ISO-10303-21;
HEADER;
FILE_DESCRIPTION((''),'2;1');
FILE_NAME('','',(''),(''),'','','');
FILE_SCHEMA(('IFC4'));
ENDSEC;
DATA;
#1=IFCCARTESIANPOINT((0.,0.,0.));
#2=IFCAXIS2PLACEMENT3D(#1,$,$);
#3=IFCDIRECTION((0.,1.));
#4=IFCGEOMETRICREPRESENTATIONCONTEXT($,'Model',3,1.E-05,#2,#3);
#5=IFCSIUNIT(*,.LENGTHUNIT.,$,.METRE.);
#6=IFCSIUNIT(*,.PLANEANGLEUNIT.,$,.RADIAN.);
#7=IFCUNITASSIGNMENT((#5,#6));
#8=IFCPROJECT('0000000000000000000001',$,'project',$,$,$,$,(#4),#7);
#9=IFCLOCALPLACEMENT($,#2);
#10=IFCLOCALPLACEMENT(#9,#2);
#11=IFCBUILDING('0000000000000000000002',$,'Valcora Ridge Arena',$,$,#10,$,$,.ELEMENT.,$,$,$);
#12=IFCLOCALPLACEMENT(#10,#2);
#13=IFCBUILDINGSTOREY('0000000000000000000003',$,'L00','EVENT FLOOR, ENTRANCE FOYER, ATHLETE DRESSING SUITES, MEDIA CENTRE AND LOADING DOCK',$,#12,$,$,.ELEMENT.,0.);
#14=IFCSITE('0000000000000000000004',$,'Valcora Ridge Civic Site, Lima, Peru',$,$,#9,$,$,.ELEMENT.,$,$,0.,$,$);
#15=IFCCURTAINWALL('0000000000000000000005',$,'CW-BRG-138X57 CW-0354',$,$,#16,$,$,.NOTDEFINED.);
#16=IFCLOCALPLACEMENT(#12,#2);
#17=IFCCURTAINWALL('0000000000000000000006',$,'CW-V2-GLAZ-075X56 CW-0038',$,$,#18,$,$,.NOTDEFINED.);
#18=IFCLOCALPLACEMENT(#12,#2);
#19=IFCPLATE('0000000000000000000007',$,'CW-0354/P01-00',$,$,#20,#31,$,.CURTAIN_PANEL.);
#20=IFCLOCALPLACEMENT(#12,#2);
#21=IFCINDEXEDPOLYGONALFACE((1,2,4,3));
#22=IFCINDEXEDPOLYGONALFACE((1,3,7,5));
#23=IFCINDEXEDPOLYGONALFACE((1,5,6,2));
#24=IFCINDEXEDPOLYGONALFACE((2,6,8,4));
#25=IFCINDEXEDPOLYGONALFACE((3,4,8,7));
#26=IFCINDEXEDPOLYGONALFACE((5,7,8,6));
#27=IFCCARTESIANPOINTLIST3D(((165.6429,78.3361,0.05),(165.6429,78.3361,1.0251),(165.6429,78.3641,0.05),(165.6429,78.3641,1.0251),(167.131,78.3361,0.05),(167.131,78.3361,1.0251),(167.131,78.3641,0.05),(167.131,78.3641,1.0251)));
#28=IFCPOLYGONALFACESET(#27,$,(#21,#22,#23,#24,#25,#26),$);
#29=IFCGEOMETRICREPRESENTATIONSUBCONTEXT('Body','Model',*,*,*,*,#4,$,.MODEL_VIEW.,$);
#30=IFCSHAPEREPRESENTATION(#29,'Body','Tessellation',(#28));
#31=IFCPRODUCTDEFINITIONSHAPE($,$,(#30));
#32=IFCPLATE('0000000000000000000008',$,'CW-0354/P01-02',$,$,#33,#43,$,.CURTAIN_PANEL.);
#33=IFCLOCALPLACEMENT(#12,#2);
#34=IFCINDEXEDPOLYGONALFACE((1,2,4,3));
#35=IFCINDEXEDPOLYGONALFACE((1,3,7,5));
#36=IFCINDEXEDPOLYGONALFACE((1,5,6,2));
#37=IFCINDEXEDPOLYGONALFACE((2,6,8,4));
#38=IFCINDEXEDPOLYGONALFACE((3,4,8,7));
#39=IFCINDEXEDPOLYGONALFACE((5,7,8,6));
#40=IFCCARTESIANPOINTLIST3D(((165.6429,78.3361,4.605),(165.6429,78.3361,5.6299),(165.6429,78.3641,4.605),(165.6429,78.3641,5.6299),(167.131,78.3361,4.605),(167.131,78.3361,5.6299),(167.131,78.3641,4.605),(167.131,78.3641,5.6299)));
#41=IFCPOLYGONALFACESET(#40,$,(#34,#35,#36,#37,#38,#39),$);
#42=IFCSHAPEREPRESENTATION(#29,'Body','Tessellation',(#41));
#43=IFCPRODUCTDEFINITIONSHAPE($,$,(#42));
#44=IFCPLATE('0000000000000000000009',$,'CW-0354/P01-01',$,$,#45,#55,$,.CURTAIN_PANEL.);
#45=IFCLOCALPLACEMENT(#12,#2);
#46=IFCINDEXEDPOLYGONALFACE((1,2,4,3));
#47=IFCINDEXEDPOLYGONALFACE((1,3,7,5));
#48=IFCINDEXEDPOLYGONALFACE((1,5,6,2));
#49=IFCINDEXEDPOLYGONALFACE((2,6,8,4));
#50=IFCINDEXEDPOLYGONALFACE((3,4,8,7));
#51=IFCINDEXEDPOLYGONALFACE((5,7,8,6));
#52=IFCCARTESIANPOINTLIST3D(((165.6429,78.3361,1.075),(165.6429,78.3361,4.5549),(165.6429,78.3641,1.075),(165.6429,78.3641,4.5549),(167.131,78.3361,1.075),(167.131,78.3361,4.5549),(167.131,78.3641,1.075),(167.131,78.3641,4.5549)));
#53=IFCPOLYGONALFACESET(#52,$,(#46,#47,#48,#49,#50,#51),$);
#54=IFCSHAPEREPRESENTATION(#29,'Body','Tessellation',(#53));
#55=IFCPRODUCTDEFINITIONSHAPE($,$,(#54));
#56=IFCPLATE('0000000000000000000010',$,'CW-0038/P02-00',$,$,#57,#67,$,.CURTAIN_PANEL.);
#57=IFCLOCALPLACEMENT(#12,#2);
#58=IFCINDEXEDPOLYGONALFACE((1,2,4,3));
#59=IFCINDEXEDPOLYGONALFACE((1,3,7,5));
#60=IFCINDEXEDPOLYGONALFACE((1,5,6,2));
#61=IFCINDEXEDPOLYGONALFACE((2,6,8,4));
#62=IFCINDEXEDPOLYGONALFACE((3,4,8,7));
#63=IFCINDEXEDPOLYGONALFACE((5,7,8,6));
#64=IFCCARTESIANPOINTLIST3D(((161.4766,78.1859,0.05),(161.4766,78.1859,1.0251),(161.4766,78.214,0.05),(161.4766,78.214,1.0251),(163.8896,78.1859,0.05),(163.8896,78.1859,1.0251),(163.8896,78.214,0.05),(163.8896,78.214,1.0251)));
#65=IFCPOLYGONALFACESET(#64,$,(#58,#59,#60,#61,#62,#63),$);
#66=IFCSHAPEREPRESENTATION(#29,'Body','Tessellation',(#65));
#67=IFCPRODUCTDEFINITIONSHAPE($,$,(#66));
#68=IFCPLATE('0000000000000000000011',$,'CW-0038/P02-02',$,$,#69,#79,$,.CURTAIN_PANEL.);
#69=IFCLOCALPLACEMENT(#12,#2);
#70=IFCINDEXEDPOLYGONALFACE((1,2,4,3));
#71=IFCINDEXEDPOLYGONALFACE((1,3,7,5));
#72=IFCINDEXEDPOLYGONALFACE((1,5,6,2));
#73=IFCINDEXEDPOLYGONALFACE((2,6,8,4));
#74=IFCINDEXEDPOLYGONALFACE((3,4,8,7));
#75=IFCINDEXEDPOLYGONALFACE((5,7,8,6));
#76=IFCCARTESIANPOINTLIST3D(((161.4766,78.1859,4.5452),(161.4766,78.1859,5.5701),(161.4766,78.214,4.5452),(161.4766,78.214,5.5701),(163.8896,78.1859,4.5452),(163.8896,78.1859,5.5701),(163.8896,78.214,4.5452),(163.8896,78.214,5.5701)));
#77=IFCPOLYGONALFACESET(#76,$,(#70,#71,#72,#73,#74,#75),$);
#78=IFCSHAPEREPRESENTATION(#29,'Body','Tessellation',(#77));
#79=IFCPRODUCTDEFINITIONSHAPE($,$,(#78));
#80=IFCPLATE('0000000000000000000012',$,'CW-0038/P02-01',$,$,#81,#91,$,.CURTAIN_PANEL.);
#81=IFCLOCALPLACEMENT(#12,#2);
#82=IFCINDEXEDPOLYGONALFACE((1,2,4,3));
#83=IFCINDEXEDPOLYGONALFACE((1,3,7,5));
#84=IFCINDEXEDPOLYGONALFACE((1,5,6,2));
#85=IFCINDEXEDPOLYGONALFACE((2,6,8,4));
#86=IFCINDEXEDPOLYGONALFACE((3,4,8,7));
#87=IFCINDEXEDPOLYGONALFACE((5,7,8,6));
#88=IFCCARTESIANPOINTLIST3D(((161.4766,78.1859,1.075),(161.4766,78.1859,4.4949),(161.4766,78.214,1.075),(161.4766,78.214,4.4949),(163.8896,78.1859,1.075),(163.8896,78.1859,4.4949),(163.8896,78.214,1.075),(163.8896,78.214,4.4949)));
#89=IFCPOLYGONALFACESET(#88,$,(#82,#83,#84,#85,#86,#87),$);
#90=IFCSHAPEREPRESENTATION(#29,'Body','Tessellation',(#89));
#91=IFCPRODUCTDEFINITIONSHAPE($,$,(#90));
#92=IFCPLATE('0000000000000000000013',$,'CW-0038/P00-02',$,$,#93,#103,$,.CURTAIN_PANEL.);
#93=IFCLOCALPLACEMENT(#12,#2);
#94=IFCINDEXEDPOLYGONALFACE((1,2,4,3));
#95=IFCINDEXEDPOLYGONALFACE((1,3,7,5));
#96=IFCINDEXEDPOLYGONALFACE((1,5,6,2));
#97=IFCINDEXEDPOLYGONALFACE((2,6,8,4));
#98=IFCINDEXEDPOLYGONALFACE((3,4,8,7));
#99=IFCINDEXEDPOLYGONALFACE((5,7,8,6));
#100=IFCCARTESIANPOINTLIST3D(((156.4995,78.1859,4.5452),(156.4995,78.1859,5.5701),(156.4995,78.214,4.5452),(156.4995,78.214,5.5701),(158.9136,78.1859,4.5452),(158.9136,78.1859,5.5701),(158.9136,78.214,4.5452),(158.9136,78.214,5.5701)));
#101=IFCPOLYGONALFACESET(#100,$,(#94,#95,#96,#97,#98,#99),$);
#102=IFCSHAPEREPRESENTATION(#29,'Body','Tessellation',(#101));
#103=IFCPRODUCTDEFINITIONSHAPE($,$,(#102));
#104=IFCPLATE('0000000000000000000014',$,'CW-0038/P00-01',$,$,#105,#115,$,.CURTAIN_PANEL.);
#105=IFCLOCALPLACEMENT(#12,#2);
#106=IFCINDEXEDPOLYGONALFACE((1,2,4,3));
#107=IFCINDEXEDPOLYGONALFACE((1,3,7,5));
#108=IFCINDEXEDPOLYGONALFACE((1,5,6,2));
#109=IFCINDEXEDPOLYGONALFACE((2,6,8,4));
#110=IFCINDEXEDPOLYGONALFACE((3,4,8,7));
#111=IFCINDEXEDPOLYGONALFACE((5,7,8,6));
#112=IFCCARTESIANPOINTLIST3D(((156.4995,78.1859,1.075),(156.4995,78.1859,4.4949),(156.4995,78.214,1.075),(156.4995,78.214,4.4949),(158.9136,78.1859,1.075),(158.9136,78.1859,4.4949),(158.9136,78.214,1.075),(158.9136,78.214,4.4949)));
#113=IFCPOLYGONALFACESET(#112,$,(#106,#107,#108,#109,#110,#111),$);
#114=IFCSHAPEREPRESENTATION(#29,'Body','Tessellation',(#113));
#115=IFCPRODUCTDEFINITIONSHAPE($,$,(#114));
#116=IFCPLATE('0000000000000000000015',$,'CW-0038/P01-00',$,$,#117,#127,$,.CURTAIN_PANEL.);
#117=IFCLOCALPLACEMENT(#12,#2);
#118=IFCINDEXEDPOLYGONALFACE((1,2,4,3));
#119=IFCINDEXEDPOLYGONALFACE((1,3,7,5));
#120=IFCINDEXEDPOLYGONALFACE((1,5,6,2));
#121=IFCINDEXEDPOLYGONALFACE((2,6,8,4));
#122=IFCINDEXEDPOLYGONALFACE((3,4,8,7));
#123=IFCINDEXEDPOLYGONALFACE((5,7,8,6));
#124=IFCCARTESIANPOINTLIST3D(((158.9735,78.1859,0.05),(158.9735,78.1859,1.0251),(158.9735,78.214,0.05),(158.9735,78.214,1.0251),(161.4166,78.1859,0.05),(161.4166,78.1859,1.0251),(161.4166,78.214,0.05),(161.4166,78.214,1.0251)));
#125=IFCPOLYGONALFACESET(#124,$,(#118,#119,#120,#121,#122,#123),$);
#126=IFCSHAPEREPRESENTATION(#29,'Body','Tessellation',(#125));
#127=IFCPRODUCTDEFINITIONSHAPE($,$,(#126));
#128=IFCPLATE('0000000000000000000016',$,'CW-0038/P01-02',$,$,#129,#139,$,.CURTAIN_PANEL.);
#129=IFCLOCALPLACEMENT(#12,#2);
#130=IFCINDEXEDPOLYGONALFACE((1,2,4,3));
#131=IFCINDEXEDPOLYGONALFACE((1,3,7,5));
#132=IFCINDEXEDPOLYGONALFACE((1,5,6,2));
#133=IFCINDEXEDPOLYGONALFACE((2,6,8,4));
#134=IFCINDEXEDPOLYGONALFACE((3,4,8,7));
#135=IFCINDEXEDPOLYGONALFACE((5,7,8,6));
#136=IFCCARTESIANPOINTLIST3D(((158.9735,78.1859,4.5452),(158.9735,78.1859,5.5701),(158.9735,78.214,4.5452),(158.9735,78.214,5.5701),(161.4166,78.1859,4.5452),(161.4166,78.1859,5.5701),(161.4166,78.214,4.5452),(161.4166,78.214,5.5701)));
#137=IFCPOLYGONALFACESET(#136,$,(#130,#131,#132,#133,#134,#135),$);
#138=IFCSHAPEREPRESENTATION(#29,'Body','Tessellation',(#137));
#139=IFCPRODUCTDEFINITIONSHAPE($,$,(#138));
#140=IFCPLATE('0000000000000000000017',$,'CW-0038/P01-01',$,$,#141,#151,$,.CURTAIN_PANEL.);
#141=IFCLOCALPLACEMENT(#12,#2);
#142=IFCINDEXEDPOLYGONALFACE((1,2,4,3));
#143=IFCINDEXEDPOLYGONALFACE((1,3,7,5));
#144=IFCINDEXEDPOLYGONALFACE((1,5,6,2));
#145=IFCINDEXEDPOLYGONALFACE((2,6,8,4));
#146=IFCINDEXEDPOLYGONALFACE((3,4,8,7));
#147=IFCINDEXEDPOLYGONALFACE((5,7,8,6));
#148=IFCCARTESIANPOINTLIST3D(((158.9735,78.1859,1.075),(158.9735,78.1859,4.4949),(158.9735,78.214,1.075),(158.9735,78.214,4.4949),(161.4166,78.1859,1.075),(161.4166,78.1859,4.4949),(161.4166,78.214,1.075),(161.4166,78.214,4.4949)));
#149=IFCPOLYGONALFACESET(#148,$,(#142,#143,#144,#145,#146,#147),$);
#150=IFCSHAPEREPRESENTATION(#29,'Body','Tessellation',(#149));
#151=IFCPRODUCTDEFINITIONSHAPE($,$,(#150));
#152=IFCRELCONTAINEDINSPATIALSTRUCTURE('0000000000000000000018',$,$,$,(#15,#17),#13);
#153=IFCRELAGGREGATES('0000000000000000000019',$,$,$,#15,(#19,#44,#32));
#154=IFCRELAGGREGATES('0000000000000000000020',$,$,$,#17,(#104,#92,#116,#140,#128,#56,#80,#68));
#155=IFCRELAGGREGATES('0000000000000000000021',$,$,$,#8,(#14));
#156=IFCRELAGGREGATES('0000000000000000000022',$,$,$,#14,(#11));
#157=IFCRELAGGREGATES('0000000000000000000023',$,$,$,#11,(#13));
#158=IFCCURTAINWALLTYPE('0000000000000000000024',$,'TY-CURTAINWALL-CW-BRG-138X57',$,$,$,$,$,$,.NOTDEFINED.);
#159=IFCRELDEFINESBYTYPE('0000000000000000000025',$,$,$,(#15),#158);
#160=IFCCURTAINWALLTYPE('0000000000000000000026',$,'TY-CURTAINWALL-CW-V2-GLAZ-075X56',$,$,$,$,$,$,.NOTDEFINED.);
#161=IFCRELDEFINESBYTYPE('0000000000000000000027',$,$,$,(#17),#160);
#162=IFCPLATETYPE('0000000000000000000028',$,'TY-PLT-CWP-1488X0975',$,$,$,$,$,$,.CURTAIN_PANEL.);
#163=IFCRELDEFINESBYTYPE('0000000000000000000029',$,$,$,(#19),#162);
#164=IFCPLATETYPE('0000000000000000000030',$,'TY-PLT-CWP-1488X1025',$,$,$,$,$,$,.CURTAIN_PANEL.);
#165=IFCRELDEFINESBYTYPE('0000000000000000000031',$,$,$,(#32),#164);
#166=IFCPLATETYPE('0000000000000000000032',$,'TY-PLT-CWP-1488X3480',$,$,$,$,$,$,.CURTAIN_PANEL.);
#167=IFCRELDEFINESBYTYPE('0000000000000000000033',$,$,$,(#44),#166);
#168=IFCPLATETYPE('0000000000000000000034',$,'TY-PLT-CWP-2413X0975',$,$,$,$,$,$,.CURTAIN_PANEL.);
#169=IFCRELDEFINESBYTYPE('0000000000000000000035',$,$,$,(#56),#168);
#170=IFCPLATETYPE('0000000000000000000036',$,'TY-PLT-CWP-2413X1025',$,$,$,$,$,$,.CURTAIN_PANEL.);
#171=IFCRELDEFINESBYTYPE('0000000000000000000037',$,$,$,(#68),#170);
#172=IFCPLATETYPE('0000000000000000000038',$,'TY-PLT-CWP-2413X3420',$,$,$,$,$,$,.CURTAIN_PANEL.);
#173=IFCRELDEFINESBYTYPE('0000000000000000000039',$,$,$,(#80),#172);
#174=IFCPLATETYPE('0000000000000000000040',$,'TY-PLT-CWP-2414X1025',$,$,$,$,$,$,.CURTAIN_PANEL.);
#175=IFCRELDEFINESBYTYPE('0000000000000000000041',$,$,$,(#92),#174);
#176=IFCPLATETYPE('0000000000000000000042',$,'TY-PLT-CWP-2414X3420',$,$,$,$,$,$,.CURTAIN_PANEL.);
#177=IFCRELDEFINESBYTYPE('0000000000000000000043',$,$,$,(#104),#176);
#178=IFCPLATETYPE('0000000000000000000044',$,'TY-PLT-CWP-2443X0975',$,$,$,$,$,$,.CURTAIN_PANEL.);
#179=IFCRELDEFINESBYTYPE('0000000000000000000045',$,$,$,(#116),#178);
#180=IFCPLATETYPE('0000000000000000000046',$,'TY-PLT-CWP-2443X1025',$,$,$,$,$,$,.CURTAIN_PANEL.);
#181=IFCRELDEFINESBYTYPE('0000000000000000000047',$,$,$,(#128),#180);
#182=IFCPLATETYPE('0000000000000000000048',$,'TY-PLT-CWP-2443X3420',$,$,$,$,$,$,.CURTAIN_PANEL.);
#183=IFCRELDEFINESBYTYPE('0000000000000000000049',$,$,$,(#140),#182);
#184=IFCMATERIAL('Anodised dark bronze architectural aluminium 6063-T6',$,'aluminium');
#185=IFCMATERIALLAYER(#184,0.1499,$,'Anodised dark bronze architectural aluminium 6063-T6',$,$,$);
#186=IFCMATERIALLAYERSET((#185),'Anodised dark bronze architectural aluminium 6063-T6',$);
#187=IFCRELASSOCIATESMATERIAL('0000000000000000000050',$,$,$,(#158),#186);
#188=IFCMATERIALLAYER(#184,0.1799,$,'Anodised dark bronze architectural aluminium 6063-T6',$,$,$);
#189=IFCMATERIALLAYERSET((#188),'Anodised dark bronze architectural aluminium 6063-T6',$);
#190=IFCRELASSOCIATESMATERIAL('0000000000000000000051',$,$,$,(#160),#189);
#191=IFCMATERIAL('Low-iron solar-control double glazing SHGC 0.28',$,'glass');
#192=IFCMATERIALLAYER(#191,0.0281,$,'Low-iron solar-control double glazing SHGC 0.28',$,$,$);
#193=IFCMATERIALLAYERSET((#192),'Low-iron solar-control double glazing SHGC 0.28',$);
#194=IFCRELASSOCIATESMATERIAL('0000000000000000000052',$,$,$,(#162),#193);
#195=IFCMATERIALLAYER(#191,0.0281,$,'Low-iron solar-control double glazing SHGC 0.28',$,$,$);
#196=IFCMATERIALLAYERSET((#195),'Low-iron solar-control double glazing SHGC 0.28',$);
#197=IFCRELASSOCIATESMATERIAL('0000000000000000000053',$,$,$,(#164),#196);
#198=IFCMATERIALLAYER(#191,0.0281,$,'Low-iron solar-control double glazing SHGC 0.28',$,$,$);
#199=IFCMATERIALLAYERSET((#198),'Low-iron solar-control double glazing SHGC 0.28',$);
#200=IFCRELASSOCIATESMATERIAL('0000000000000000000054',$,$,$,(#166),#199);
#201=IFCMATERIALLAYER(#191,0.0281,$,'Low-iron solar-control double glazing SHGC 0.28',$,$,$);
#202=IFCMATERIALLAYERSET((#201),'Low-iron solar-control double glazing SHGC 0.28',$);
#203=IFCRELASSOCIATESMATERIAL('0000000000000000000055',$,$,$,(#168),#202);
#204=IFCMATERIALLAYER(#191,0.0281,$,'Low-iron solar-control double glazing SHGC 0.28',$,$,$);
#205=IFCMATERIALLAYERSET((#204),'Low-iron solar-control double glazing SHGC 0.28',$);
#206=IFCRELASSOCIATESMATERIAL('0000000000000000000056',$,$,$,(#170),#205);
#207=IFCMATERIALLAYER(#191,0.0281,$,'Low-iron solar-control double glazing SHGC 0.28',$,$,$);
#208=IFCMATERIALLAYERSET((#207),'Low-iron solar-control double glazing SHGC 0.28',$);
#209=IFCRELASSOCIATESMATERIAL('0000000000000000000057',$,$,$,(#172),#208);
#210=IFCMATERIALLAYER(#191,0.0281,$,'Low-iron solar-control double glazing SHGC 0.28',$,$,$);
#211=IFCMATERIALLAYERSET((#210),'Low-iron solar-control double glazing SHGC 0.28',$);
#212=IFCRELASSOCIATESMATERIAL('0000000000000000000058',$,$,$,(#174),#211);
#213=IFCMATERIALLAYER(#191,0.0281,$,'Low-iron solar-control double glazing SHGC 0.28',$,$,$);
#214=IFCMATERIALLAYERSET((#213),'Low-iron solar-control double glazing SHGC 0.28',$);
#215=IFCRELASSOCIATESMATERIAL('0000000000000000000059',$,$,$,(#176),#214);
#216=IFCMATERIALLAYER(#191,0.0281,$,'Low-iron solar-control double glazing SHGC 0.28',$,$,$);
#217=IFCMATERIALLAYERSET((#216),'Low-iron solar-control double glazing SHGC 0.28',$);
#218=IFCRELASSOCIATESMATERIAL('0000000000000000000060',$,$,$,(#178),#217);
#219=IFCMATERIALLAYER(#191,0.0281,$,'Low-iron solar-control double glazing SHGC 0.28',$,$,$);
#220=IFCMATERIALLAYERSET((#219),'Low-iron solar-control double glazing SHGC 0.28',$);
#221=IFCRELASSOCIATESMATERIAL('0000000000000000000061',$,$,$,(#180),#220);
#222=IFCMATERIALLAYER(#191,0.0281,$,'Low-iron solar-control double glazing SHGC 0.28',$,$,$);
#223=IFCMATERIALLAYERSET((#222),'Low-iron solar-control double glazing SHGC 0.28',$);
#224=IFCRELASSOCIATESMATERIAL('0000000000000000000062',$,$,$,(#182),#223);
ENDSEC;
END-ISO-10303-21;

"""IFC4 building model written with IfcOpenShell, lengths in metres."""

from ifc_helpers import new_model, si_unit, direction, frame, origin, origin_2d, place, context, subcontext, project, spatial, rectangle, extrude, material, layer, layer_set, type_object, element, aggregate, save


model = new_model("IFC4")

# Units and contexts
model_context = context("Model", 3, precision=1e-05, world=origin(), true_north=direction((0.0, 1.0)))
body_context = subcontext(model_context, "Body", "Model", "MODEL_VIEW")
ifc_project = project(units=[si_unit("LENGTHUNIT", "METRE"), si_unit("PLANEANGLEUNIT", "RADIAN")], contexts=[model_context])

# Site, building, storey
site_placement = place(None, origin())
site = spatial("IfcSite", under=ifc_project, at=site_placement, Name="Valcora Ridge Civic Site, Lima, Peru", CompositionType="ELEMENT", RefElevation=0.0)
building_placement = place(site_placement, origin())
building = spatial("IfcBuilding", under=site, at=building_placement, Name="Valcora Ridge Arena", CompositionType="ELEMENT")
storey_placement = place(building_placement, origin())
storey = spatial("IfcBuildingStorey", under=building, at=storey_placement, Name="L00", Description="EVENT FLOOR, ENTRANCE FOYER, ATHLETE DRESSING SUITES, MEDIA CENTRE AND LOADING DOCK", CompositionType="ELEMENT", Elevation=0.0)

# Curtain walls
ifc_material_1 = material(Name="Anodised dark bronze architectural aluminium 6063-T6", Category="aluminium")
ifc_layer_1 = layer(ifc_material_1, 0.1499, Name="Anodised dark bronze architectural aluminium 6063-T6")
ifc_layer_set_1 = layer_set([ifc_layer_1], Name="Anodised dark bronze architectural aluminium 6063-T6")
curtain_wall_type_1 = type_object("IfcCurtainWallType", Name="TY-CURTAINWALL-CW-BRG-138X57", PredefinedType="NOTDEFINED", material=ifc_layer_set_1)
curtain_wall_1_placement = place(storey_placement, origin())
curtain_wall_1 = element("IfcCurtainWall", 1, at=curtain_wall_1_placement, inside=storey, type_object=curtain_wall_type_1, Name="CW-BRG-138X57 CW-0354", PredefinedType="NOTDEFINED")
ifc_layer_2 = layer(ifc_material_1, 0.1799, Name="Anodised dark bronze architectural aluminium 6063-T6")
ifc_layer_set_2 = layer_set([ifc_layer_2], Name="Anodised dark bronze architectural aluminium 6063-T6")
curtain_wall_type_2 = type_object("IfcCurtainWallType", Name="TY-CURTAINWALL-CW-V2-GLAZ-075X56", PredefinedType="NOTDEFINED", material=ifc_layer_set_2)
curtain_wall_2_placement = place(storey_placement, origin())
curtain_wall_2 = element("IfcCurtainWall", 2, at=curtain_wall_2_placement, inside=storey, type_object=curtain_wall_type_2, Name="CW-V2-GLAZ-075X56 CW-0038", PredefinedType="NOTDEFINED")

# Plates
ifc_material_2 = material(Name="Low-iron solar-control double glazing SHGC 0.28", Category="glass")
ifc_layer_3 = layer(ifc_material_2, 0.0281, Name="Low-iron solar-control double glazing SHGC 0.28")
ifc_layer_set_3 = layer_set([ifc_layer_3], Name="Low-iron solar-control double glazing SHGC 0.28")
plate_type_1 = type_object("IfcPlateType", Name="TY-PLT-CWP-1488X0975", PredefinedType="CURTAIN_PANEL", material=ifc_layer_set_3)
plate_1_placement = place(storey_placement, frame((166.387, 78.3501, 0.05), z_axis=(0.0, 0.0, 1.0), x_axis=(1.0, 0.0, 0.0)))
plate_1 = element("IfcPlate", 3, at=plate_1_placement, type_object=plate_type_1, Name="CW-0354/P01-00", PredefinedType="CURTAIN_PANEL", context=body_context, shape_type="SweptSolid", body=[
    extrude(rectangle(XDim=1.488, YDim=0.0281, at=origin_2d()), origin(), (0.0, 0.0, 1.0), 0.9751),
])
ifc_layer_4 = layer(ifc_material_2, 0.0281, Name="Low-iron solar-control double glazing SHGC 0.28")
ifc_layer_set_4 = layer_set([ifc_layer_4], Name="Low-iron solar-control double glazing SHGC 0.28")
plate_type_2 = type_object("IfcPlateType", Name="TY-PLT-CWP-1488X1025", PredefinedType="CURTAIN_PANEL", material=ifc_layer_set_4)
plate_2_placement = place(storey_placement, frame((166.387, 78.3501, 4.605), z_axis=(0.0, 0.0, 1.0), x_axis=(1.0, 0.0, 0.0)))
plate_2 = element("IfcPlate", 4, at=plate_2_placement, type_object=plate_type_2, Name="CW-0354/P01-02", PredefinedType="CURTAIN_PANEL", context=body_context, shape_type="SweptSolid", body=[
    extrude(rectangle(XDim=1.488, YDim=0.0281, at=origin_2d()), origin(), (0.0, 0.0, 1.0), 1.0249),
])
ifc_layer_5 = layer(ifc_material_2, 0.0281, Name="Low-iron solar-control double glazing SHGC 0.28")
ifc_layer_set_5 = layer_set([ifc_layer_5], Name="Low-iron solar-control double glazing SHGC 0.28")
plate_type_3 = type_object("IfcPlateType", Name="TY-PLT-CWP-1488X3480", PredefinedType="CURTAIN_PANEL", material=ifc_layer_set_5)
plate_3_placement = place(storey_placement, frame((166.387, 78.3501, 1.075), z_axis=(0.0, 0.0, 1.0), x_axis=(1.0, 0.0, 0.0)))
plate_3 = element("IfcPlate", 5, at=plate_3_placement, type_object=plate_type_3, Name="CW-0354/P01-01", PredefinedType="CURTAIN_PANEL", context=body_context, shape_type="SweptSolid", body=[
    extrude(rectangle(XDim=1.488, YDim=0.0281, at=origin_2d()), origin(), (0.0, 0.0, 1.0), 3.48),
])
aggregate(curtain_wall_1, [plate_1, plate_3, plate_2])
ifc_layer_6 = layer(ifc_material_2, 0.0281, Name="Low-iron solar-control double glazing SHGC 0.28")
ifc_layer_set_6 = layer_set([ifc_layer_6], Name="Low-iron solar-control double glazing SHGC 0.28")
plate_type_4 = type_object("IfcPlateType", Name="TY-PLT-CWP-2413X0975", PredefinedType="CURTAIN_PANEL", material=ifc_layer_set_6)
plate_4_placement = place(storey_placement, frame((162.6831, 78.2, 0.05), z_axis=(0.0, 0.0, 1.0), x_axis=(1.0, 0.0, 0.0)))
plate_4 = element("IfcPlate", 6, at=plate_4_placement, type_object=plate_type_4, Name="CW-0038/P02-00", PredefinedType="CURTAIN_PANEL", context=body_context, shape_type="SweptSolid", body=[
    extrude(rectangle(XDim=2.4131, YDim=0.0281, at=origin_2d()), origin(), (0.0, 0.0, 1.0), 0.9751),
])
ifc_layer_7 = layer(ifc_material_2, 0.0281, Name="Low-iron solar-control double glazing SHGC 0.28")
ifc_layer_set_7 = layer_set([ifc_layer_7], Name="Low-iron solar-control double glazing SHGC 0.28")
plate_type_5 = type_object("IfcPlateType", Name="TY-PLT-CWP-2413X1025", PredefinedType="CURTAIN_PANEL", material=ifc_layer_set_7)
plate_5_placement = place(storey_placement, frame((162.6831, 78.2, 4.5452), z_axis=(0.0, 0.0, 1.0), x_axis=(1.0, 0.0, 0.0)))
plate_5 = element("IfcPlate", 7, at=plate_5_placement, type_object=plate_type_5, Name="CW-0038/P02-02", PredefinedType="CURTAIN_PANEL", context=body_context, shape_type="SweptSolid", body=[
    extrude(rectangle(XDim=2.4131, YDim=0.0281, at=origin_2d()), origin(), (0.0, 0.0, 1.0), 1.0249),
])
ifc_layer_8 = layer(ifc_material_2, 0.0281, Name="Low-iron solar-control double glazing SHGC 0.28")
ifc_layer_set_8 = layer_set([ifc_layer_8], Name="Low-iron solar-control double glazing SHGC 0.28")
plate_type_6 = type_object("IfcPlateType", Name="TY-PLT-CWP-2413X3420", PredefinedType="CURTAIN_PANEL", material=ifc_layer_set_8)
plate_6_placement = place(storey_placement, frame((162.6831, 78.2, 1.075), z_axis=(0.0, 0.0, 1.0), x_axis=(1.0, 0.0, 0.0)))
plate_6 = element("IfcPlate", 8, at=plate_6_placement, type_object=plate_type_6, Name="CW-0038/P02-01", PredefinedType="CURTAIN_PANEL", context=body_context, shape_type="SweptSolid", body=[
    extrude(rectangle(XDim=2.4131, YDim=0.0281, at=origin_2d()), origin(), (0.0, 0.0, 1.0), 3.4199),
])
ifc_layer_9 = layer(ifc_material_2, 0.0281, Name="Low-iron solar-control double glazing SHGC 0.28")
ifc_layer_set_9 = layer_set([ifc_layer_9], Name="Low-iron solar-control double glazing SHGC 0.28")
plate_type_7 = type_object("IfcPlateType", Name="TY-PLT-CWP-2414X1025", PredefinedType="CURTAIN_PANEL", material=ifc_layer_set_9)
plate_7_placement = place(storey_placement, frame((157.7065, 78.2, 4.5452), z_axis=(0.0, 0.0, 1.0), x_axis=(1.0, 0.0, 0.0)))
plate_7 = element("IfcPlate", 9, at=plate_7_placement, type_object=plate_type_7, Name="CW-0038/P00-02", PredefinedType="CURTAIN_PANEL", context=body_context, shape_type="SweptSolid", body=[
    extrude(rectangle(XDim=2.4141, YDim=0.0281, at=origin_2d()), origin(), (0.0, 0.0, 1.0), 1.0249),
])
ifc_layer_10 = layer(ifc_material_2, 0.0281, Name="Low-iron solar-control double glazing SHGC 0.28")
ifc_layer_set_10 = layer_set([ifc_layer_10], Name="Low-iron solar-control double glazing SHGC 0.28")
plate_type_8 = type_object("IfcPlateType", Name="TY-PLT-CWP-2414X3420", PredefinedType="CURTAIN_PANEL", material=ifc_layer_set_10)
plate_8_placement = place(storey_placement, frame((157.7065, 78.2, 1.075), z_axis=(0.0, 0.0, 1.0), x_axis=(1.0, 0.0, 0.0)))
plate_8 = element("IfcPlate", 10, at=plate_8_placement, type_object=plate_type_8, Name="CW-0038/P00-01", PredefinedType="CURTAIN_PANEL", context=body_context, shape_type="SweptSolid", body=[
    extrude(rectangle(XDim=2.4141, YDim=0.0281, at=origin_2d()), origin(), (0.0, 0.0, 1.0), 3.4199),
])
ifc_layer_11 = layer(ifc_material_2, 0.0281, Name="Low-iron solar-control double glazing SHGC 0.28")
ifc_layer_set_11 = layer_set([ifc_layer_11], Name="Low-iron solar-control double glazing SHGC 0.28")
plate_type_9 = type_object("IfcPlateType", Name="TY-PLT-CWP-2443X0975", PredefinedType="CURTAIN_PANEL", material=ifc_layer_set_11)
plate_9_placement = place(storey_placement, frame((160.1951, 78.2, 0.05), z_axis=(0.0, 0.0, 1.0), x_axis=(1.0, 0.0, 0.0)))
plate_9 = element("IfcPlate", 11, at=plate_9_placement, type_object=plate_type_9, Name="CW-0038/P01-00", PredefinedType="CURTAIN_PANEL", context=body_context, shape_type="SweptSolid", body=[
    extrude(rectangle(XDim=2.4431, YDim=0.0281, at=origin_2d()), origin(), (0.0, 0.0, 1.0), 0.9751),
])
ifc_layer_12 = layer(ifc_material_2, 0.0281, Name="Low-iron solar-control double glazing SHGC 0.28")
ifc_layer_set_12 = layer_set([ifc_layer_12], Name="Low-iron solar-control double glazing SHGC 0.28")
plate_type_10 = type_object("IfcPlateType", Name="TY-PLT-CWP-2443X1025", PredefinedType="CURTAIN_PANEL", material=ifc_layer_set_12)
plate_10_placement = place(storey_placement, frame((160.1951, 78.2, 4.5452), z_axis=(0.0, 0.0, 1.0), x_axis=(1.0, 0.0, 0.0)))
plate_10 = element("IfcPlate", 12, at=plate_10_placement, type_object=plate_type_10, Name="CW-0038/P01-02", PredefinedType="CURTAIN_PANEL", context=body_context, shape_type="SweptSolid", body=[
    extrude(rectangle(XDim=2.4431, YDim=0.0281, at=origin_2d()), origin(), (0.0, 0.0, 1.0), 1.0249),
])
ifc_layer_13 = layer(ifc_material_2, 0.0281, Name="Low-iron solar-control double glazing SHGC 0.28")
ifc_layer_set_13 = layer_set([ifc_layer_13], Name="Low-iron solar-control double glazing SHGC 0.28")
plate_type_11 = type_object("IfcPlateType", Name="TY-PLT-CWP-2443X3420", PredefinedType="CURTAIN_PANEL", material=ifc_layer_set_13)
plate_11_placement = place(storey_placement, frame((160.1951, 78.2, 1.075), z_axis=(0.0, 0.0, 1.0), x_axis=(1.0, 0.0, 0.0)))
plate_11 = element("IfcPlate", 13, at=plate_11_placement, type_object=plate_type_11, Name="CW-0038/P01-01", PredefinedType="CURTAIN_PANEL", context=body_context, shape_type="SweptSolid", body=[
    extrude(rectangle(XDim=2.4431, YDim=0.0281, at=origin_2d()), origin(), (0.0, 0.0, 1.0), 3.4199),
])
aggregate(curtain_wall_2, [plate_8, plate_7, plate_9, plate_11, plate_10, plate_4, plate_6, plate_5])

save(model, "model.ifc")
